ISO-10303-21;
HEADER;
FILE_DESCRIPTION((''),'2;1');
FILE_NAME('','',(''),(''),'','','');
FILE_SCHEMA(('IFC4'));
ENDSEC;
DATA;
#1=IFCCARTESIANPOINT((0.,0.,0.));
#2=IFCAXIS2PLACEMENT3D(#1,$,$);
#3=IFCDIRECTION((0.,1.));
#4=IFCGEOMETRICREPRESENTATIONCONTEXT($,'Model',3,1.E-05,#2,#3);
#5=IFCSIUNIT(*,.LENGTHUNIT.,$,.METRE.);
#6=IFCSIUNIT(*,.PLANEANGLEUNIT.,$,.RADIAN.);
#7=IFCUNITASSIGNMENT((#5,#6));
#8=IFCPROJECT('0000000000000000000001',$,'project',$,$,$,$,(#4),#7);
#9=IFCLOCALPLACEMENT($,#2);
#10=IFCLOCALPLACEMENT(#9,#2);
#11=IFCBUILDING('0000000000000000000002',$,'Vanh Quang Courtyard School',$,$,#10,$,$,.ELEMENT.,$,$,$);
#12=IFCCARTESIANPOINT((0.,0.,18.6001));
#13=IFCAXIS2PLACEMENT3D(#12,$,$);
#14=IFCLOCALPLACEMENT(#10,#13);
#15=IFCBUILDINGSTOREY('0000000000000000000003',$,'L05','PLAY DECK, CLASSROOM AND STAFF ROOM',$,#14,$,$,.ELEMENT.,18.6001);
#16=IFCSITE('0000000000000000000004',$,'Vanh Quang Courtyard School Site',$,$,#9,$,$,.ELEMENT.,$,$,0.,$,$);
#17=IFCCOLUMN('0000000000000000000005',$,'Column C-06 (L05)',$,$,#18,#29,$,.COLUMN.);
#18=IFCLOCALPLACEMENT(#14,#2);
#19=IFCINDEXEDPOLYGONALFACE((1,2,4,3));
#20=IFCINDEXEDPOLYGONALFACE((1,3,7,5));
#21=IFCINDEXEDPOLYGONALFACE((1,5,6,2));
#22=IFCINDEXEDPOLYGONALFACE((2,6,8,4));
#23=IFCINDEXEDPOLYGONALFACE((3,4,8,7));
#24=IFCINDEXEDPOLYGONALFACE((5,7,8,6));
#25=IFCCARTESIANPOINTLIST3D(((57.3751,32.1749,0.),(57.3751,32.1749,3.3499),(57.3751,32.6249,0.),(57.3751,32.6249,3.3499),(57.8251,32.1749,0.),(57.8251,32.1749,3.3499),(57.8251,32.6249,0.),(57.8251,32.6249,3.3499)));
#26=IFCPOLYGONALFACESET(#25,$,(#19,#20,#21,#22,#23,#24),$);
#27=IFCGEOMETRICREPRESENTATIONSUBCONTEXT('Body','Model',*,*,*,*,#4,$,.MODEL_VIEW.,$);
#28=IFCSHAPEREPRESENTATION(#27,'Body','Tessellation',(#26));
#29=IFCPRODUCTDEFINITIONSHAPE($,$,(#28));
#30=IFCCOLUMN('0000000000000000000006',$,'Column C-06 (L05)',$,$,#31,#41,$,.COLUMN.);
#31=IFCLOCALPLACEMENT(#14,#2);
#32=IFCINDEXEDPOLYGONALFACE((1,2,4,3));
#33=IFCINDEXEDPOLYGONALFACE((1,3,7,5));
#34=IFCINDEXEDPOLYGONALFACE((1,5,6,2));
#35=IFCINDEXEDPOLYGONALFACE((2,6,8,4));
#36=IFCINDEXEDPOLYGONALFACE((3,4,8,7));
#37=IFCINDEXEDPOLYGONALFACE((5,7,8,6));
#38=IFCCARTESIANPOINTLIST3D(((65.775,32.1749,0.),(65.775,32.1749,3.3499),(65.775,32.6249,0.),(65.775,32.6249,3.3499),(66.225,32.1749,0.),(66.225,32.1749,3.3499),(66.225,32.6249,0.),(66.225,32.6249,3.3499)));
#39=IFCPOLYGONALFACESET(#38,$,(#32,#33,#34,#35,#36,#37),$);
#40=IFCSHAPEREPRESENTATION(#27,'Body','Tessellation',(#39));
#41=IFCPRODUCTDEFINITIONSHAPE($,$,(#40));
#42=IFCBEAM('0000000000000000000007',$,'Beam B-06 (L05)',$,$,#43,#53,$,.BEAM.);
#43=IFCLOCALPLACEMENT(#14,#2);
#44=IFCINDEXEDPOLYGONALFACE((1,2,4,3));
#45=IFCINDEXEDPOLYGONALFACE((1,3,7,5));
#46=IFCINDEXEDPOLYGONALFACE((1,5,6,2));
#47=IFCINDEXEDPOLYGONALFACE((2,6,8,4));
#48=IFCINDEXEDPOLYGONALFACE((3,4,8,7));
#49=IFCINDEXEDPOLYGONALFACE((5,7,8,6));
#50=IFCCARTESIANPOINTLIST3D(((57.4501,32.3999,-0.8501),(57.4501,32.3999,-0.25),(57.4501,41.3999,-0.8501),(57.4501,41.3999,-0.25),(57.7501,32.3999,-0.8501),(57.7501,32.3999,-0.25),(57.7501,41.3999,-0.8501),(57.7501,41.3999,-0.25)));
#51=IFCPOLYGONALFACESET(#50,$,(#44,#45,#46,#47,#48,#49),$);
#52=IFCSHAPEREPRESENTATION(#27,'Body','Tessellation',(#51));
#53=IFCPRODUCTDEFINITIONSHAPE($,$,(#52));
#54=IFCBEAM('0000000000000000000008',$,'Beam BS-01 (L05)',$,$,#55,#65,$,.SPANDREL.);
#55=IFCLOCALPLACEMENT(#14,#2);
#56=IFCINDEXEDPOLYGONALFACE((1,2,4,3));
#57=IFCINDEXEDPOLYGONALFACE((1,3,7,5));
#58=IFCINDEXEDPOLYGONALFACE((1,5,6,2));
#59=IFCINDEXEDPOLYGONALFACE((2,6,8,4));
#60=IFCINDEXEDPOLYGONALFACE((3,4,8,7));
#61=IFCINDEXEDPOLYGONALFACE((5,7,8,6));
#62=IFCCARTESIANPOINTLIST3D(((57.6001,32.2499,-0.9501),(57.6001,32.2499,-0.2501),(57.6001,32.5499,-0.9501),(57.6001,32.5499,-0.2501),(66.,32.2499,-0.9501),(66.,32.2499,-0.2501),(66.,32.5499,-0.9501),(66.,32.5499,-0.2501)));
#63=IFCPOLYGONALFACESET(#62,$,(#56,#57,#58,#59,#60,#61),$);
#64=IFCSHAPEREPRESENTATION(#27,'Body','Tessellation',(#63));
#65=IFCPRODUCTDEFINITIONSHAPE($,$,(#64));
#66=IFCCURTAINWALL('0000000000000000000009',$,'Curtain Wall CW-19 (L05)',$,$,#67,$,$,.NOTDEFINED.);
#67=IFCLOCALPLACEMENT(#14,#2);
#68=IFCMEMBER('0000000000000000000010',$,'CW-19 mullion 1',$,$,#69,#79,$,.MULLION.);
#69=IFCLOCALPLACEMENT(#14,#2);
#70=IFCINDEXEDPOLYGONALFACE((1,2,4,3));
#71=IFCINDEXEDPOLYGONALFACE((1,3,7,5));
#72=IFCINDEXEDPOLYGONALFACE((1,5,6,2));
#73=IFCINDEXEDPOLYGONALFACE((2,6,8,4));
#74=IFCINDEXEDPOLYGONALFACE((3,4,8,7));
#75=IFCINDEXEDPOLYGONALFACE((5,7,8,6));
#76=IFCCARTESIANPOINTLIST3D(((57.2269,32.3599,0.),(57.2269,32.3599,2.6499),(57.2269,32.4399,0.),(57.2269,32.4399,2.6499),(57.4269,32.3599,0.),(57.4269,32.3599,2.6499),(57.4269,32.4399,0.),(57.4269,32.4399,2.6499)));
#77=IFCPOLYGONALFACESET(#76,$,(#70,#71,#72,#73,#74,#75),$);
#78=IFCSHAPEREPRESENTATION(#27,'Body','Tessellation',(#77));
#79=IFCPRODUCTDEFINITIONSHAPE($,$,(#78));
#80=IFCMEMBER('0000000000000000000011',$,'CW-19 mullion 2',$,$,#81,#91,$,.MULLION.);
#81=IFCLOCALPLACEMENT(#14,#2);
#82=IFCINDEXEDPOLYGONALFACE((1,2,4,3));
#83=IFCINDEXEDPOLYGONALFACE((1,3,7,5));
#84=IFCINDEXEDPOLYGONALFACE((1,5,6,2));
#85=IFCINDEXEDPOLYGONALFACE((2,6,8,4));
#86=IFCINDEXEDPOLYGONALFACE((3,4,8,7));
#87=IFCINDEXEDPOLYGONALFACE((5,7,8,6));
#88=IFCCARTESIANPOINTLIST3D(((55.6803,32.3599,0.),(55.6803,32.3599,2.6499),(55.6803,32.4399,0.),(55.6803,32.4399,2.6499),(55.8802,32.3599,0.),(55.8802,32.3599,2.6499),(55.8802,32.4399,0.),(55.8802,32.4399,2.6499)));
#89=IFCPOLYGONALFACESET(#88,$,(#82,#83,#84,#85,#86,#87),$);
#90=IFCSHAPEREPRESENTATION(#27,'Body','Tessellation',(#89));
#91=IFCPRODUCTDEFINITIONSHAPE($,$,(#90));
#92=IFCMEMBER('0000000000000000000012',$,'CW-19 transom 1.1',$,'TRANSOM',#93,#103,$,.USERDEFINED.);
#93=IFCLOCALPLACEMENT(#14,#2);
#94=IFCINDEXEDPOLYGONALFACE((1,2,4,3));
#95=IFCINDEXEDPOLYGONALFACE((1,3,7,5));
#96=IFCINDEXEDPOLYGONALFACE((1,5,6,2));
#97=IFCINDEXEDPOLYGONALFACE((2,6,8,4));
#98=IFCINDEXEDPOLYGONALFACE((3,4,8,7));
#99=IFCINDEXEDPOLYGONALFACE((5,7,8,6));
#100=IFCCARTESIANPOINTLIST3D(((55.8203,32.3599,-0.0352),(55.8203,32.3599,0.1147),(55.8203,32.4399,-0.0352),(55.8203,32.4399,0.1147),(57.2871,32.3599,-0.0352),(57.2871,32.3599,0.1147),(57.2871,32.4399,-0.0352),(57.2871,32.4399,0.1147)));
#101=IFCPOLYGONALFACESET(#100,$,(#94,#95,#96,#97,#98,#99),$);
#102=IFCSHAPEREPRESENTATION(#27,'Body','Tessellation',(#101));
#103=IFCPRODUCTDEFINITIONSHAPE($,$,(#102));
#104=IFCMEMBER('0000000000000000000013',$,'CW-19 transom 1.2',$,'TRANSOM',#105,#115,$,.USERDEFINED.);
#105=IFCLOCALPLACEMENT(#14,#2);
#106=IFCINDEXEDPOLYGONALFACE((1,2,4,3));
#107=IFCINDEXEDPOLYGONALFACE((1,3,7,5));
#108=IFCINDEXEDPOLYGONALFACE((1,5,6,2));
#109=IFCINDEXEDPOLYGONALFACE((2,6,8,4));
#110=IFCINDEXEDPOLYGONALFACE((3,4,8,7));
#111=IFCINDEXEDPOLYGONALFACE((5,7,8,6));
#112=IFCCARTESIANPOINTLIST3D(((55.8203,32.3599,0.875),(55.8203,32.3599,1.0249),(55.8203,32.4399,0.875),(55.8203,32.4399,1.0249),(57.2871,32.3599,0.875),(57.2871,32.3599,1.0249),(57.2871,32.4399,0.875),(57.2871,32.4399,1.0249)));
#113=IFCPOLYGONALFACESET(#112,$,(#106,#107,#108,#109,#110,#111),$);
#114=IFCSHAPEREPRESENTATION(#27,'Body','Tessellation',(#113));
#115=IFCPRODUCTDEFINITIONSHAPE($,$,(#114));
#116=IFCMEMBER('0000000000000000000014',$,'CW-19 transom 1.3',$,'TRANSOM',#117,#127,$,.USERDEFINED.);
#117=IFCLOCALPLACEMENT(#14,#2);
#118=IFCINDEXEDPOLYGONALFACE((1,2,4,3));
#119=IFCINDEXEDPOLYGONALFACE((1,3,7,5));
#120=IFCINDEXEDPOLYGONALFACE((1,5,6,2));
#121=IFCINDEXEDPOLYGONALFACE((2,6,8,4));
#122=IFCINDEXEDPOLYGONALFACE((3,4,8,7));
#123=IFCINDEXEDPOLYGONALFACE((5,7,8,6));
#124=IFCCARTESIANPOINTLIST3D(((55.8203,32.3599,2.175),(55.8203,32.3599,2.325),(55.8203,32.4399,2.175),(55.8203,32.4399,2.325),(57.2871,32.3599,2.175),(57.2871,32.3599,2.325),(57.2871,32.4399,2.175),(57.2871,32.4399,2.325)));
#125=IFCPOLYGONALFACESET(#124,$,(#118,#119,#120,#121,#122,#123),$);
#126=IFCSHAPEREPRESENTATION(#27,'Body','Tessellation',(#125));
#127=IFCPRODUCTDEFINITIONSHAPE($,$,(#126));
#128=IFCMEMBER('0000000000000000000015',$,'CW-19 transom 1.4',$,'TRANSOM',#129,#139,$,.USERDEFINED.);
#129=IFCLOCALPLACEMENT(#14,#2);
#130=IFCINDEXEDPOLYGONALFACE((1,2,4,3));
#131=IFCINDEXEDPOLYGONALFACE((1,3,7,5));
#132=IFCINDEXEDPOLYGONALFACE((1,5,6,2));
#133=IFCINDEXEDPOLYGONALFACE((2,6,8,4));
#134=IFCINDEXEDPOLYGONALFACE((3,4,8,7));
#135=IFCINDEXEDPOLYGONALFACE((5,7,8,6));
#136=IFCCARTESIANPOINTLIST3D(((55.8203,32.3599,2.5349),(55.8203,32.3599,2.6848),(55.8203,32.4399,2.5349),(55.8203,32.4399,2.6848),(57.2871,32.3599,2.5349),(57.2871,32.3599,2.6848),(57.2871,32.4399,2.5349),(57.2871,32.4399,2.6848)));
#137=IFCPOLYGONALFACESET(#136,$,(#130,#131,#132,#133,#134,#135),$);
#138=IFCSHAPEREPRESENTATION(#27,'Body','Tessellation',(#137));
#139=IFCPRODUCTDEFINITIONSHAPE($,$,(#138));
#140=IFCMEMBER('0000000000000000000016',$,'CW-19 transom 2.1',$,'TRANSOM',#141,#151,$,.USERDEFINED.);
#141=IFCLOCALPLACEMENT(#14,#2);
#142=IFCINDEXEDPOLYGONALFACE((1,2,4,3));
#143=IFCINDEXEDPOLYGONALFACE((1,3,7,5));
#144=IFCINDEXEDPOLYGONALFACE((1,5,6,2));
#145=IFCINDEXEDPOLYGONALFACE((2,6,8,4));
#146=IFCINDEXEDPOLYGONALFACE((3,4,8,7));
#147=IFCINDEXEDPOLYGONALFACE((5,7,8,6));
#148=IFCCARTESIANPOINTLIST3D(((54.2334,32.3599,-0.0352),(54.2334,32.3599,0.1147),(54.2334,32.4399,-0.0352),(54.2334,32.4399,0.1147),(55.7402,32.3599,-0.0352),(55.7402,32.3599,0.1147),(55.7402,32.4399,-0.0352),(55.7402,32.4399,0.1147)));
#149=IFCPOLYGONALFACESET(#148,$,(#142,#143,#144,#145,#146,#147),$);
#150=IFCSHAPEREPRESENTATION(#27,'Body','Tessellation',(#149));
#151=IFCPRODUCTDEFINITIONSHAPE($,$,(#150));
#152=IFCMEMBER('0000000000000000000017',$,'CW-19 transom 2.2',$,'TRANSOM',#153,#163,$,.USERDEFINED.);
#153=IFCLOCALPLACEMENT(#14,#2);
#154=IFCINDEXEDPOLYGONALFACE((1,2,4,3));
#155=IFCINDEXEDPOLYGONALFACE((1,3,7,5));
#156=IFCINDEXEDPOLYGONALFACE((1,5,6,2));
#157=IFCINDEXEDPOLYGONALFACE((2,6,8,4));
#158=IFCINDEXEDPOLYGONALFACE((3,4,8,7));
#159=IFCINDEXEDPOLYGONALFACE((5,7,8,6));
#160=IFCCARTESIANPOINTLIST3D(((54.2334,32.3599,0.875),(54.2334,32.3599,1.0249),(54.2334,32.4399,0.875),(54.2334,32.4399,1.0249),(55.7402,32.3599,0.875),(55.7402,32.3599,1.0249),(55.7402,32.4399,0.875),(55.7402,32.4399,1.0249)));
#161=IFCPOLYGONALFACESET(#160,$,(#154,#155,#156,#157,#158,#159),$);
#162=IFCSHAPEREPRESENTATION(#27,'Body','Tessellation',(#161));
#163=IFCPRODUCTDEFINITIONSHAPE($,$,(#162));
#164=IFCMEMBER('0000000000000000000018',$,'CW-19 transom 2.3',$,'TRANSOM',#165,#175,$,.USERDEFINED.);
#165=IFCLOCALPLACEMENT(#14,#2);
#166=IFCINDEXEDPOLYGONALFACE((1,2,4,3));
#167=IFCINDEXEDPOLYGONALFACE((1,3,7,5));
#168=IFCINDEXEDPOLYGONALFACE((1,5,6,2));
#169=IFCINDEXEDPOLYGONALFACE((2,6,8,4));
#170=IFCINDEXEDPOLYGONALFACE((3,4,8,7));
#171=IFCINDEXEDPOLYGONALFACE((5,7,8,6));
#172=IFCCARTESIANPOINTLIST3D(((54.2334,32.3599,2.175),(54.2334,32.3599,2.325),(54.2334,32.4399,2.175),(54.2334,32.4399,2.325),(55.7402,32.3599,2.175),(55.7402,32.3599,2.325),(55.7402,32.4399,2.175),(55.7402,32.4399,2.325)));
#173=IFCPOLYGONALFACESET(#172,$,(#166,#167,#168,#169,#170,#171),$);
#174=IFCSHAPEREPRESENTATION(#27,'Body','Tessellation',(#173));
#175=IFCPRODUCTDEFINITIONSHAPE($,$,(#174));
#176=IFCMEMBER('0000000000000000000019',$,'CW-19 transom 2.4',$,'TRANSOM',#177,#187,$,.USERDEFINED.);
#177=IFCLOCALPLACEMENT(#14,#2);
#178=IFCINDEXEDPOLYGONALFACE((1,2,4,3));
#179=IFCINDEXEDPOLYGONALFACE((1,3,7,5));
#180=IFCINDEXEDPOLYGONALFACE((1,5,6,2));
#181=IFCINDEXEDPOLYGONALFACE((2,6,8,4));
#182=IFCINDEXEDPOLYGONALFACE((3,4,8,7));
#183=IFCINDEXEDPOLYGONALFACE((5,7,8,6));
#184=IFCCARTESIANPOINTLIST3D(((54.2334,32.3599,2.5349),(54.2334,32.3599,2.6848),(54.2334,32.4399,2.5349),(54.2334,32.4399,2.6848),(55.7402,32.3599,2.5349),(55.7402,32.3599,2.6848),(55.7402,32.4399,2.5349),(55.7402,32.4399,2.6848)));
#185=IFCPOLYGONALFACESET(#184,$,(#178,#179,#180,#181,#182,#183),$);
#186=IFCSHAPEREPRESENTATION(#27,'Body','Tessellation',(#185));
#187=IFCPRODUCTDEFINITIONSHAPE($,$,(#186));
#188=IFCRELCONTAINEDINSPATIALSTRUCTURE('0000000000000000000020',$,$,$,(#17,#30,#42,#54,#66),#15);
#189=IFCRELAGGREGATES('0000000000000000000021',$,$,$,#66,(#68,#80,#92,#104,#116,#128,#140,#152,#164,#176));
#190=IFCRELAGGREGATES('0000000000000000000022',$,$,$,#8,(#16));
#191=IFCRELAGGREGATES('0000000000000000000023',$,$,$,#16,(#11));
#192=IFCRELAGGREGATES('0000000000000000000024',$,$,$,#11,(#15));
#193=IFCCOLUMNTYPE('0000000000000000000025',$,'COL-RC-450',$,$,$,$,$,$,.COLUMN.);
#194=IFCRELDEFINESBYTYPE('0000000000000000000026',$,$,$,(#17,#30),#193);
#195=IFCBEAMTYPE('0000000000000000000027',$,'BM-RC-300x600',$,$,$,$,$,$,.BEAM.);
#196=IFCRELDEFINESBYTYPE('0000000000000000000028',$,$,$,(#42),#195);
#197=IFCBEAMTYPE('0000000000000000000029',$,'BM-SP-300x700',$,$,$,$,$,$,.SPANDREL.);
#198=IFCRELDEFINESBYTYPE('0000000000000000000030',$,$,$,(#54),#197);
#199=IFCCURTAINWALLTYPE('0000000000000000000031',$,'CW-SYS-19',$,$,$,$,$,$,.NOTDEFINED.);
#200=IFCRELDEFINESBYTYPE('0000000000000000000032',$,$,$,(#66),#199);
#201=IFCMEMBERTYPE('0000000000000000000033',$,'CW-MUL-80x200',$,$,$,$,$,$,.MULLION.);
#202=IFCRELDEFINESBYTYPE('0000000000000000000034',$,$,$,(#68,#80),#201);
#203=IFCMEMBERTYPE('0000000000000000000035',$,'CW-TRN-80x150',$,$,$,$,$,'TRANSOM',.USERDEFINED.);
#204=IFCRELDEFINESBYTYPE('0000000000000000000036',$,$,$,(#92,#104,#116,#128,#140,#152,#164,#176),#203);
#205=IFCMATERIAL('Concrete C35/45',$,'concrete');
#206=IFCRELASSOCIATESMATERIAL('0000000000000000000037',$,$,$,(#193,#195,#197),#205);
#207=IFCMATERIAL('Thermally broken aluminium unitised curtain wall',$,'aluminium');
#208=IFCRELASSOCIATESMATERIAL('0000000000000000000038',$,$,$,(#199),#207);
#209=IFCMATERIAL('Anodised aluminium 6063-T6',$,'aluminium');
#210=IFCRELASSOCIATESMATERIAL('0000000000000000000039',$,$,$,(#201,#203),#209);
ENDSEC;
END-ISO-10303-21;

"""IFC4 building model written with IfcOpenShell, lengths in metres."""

from ifc_helpers import new_model, si_unit, direction, frame, origin, origin_2d, place, context, subcontext, project, spatial, rectangle, extrude, material, material_profile, profile_set, type_object, element, aggregate, save


model = new_model("IFC4")

# Units and contexts
model_context = context("Model", 3, precision=1e-05, world=origin(), true_north=direction((0.0, 1.0)))
body_context = subcontext(model_context, "Body", "Model", "MODEL_VIEW")
ifc_project = project(units=[si_unit("LENGTHUNIT", "METRE"), si_unit("PLANEANGLEUNIT", "RADIAN")], contexts=[model_context])

# Site, building, storey
site_placement = place(None, origin())
site = spatial("IfcSite", under=ifc_project, at=site_placement, Name="Vanh Quang Courtyard School Site", CompositionType="ELEMENT", RefElevation=0.0)
building_placement = place(site_placement, origin())
building = spatial("IfcBuilding", under=site, at=building_placement, Name="Vanh Quang Courtyard School", CompositionType="ELEMENT")
storey_placement = place(building_placement, frame((0.0, 0.0, 18.6001)))
storey = spatial("IfcBuildingStorey", under=building, at=storey_placement, Name="L05", Description="PLAY DECK, CLASSROOM AND STAFF ROOM", CompositionType="ELEMENT", Elevation=18.6001)

# Columns
ifc_material_1 = material(Name="Concrete C35/45", Category="concrete")
ifc_material_profile_1 = material_profile(ifc_material_1, rectangle(XDim=0.45, YDim=0.45, at=origin_2d()), Name="RC-COL 450x450")
ifc_profile_set_1 = profile_set([ifc_material_profile_1], Name="Concrete C35/45")
column_type = type_object("IfcColumnType", Name="COL-RC-450", PredefinedType="COLUMN", material=ifc_profile_set_1)
for number, where, z_axis, x_axis, name in (
    (1, (57.6001, 32.3999, 0.0), (0.0, 0.0, 1.0), (1.0, 0.0, 0.0), "Column C-06 (L05)"),
    (2, (66.0, 32.3999, 0.0), (0.0, 0.0, 1.0), (1.0, 0.0, 0.0), "Column C-06 (L05)"),
):
    element("IfcColumn", number, at=place(storey_placement, frame(where, z_axis=z_axis, x_axis=x_axis)), inside=storey, type_object=column_type, Name=name, PredefinedType="COLUMN", context=body_context, shape_type="SweptSolid", body=[
        extrude(rectangle(XDim=0.45, YDim=0.45, at=origin_2d()), origin(), (0.0, 0.0, 1.0), 3.3499),
    ])

# Beams
ifc_material_profile_2 = material_profile(ifc_material_1, rectangle(XDim=0.3, YDim=0.6001, at=origin_2d()), Name="RC-BM 300x600")
ifc_profile_set_2 = profile_set([ifc_material_profile_2], Name="Concrete C35/45")
beam_type_1 = type_object("IfcBeamType", Name="BM-RC-300x600", PredefinedType="BEAM", material=ifc_profile_set_2)
beam_1_placement = place(storey_placement, frame((57.6001, 32.3999, -0.55), z_axis=(0.0, 1.0, 0.0), x_axis=(-1.0, 0.0, 0.0)))
element("IfcBeam", 3, at=beam_1_placement, inside=storey, type_object=beam_type_1, Name="Beam B-06 (L05)", PredefinedType="BEAM", context=body_context, shape_type="SweptSolid", body=[
    extrude(rectangle(XDim=0.3, YDim=0.6001, at=origin_2d()), origin(), (0.0, 0.0, 1.0), 9.0),
])
ifc_material_profile_3 = material_profile(ifc_material_1, rectangle(XDim=0.3, YDim=0.7, at=origin_2d()), Name="RC-SP 300x700")
ifc_profile_set_3 = profile_set([ifc_material_profile_3], Name="Concrete C35/45")
beam_type_2 = type_object("IfcBeamType", Name="BM-SP-300x700", PredefinedType="SPANDREL", material=ifc_profile_set_3)
beam_2_placement = place(storey_placement, frame((57.6001, 32.3999, -0.6001), z_axis=(1.0, 0.0, 0.0), x_axis=(0.0, 1.0, 0.0)))
element("IfcBeam", 4, at=beam_2_placement, inside=storey, type_object=beam_type_2, Name="Beam BS-01 (L05)", PredefinedType="SPANDREL", context=body_context, shape_type="SweptSolid", body=[
    extrude(rectangle(XDim=0.3, YDim=0.7, at=origin_2d()), origin(), (0.0, 0.0, 1.0), 8.3999),
])

# Curtain wall, members
ifc_material_2 = material(Name="Thermally broken aluminium unitised curtain wall", Category="aluminium")
curtain_wall_type = type_object("IfcCurtainWallType", Name="CW-SYS-19", PredefinedType="NOTDEFINED", material=ifc_material_2)
curtain_wall_placement = place(storey_placement, origin())
curtain_wall = element("IfcCurtainWall", 5, at=curtain_wall_placement, inside=storey, type_object=curtain_wall_type, Name="Curtain Wall CW-19 (L05)", PredefinedType="NOTDEFINED")
ifc_material_3 = material(Name="Anodised aluminium 6063-T6", Category="aluminium")
ifc_material_profile_4 = material_profile(ifc_material_3, rectangle(XDim=0.0801, YDim=0.2, at=origin_2d()), Name="ALU-MUL 80x200")
ifc_profile_set_4 = profile_set([ifc_material_profile_4], Name="Anodised aluminium 6063-T6")
member_type_1 = type_object("IfcMemberType", Name="CW-MUL-80x200", PredefinedType="MULLION", material=ifc_profile_set_4)
member_1_placement = place(storey_placement, frame((57.3269, 32.3999, 0.0), z_axis=(0.0, 0.0, 1.0), x_axis=(0.0, -1.0, 0.0)))
member_1 = element("IfcMember", 6, at=member_1_placement, type_object=member_type_1, Name="CW-19 mullion 1", PredefinedType="MULLION", context=body_context, shape_type="SweptSolid", body=[
    extrude(rectangle(XDim=0.0801, YDim=0.2, at=origin_2d()), origin(), (0.0, 0.0, 1.0), 2.6499),
])
member_2_placement = place(storey_placement, frame((55.7803, 32.3999, 0.0), z_axis=(0.0, 0.0, 1.0), x_axis=(0.0, -1.0, 0.0)))
member_2 = element("IfcMember", 7, at=member_2_placement, type_object=member_type_1, Name="CW-19 mullion 2", PredefinedType="MULLION", context=body_context, shape_type="SweptSolid", body=[
    extrude(rectangle(XDim=0.0801, YDim=0.2, at=origin_2d()), origin(), (0.0, 0.0, 1.0), 2.6499),
])
ifc_material_profile_5 = material_profile(ifc_material_3, rectangle(XDim=0.0801, YDim=0.1499, at=origin_2d()), Name="ALU-TRN 80x150")
ifc_profile_set_5 = profile_set([ifc_material_profile_5], Name="Anodised aluminium 6063-T6")
member_type_2 = type_object("IfcMemberType", Name="CW-TRN-80x150", ElementType="TRANSOM", PredefinedType="USERDEFINED", material=ifc_profile_set_5)
member_3_placement = place(storey_placement, frame((57.2871, 32.3999, 0.0398), z_axis=(-1.0, 0.0, 0.0), x_axis=(0.0, -1.0, 0.0)))
member_3 = element("IfcMember", 8, at=member_3_placement, type_object=member_type_2, Name="CW-19 transom 1.1", ObjectType="TRANSOM", PredefinedType="USERDEFINED", context=body_context, shape_type="SweptSolid", body=[
    extrude(rectangle(XDim=0.0801, YDim=0.1499, at=origin_2d()), origin(), (0.0, 0.0, 1.0), 1.4668),
])
member_4_placement = place(storey_placement, frame((57.2871, 32.3999, 0.95), z_axis=(-1.0, 0.0, 0.0), x_axis=(0.0, -1.0, 0.0)))
member_4 = element("IfcMember", 9, at=member_4_placement, type_object=member_type_2, Name="CW-19 transom 1.2", ObjectType="TRANSOM", PredefinedType="USERDEFINED", context=body_context, shape_type="SweptSolid", body=[
    extrude(rectangle(XDim=0.0801, YDim=0.1499, at=origin_2d()), origin(), (0.0, 0.0, 1.0), 1.4668),
])
member_5_placement = place(storey_placement, frame((57.2871, 32.3999, 2.25), z_axis=(-1.0, 0.0, 0.0), x_axis=(0.0, -1.0, 0.0)))
member_5 = element("IfcMember", 10, at=member_5_placement, type_object=member_type_2, Name="CW-19 transom 1.3", ObjectType="TRANSOM", PredefinedType="USERDEFINED", context=body_context, shape_type="SweptSolid", body=[
    extrude(rectangle(XDim=0.0801, YDim=0.1499, at=origin_2d()), origin(), (0.0, 0.0, 1.0), 1.4668),
])
member_6_placement = place(storey_placement, frame((57.2871, 32.3999, 2.6099), z_axis=(-1.0, 0.0, 0.0), x_axis=(0.0, -1.0, 0.0)))
member_6 = element("IfcMember", 11, at=member_6_placement, type_object=member_type_2, Name="CW-19 transom 1.4", ObjectType="TRANSOM", PredefinedType="USERDEFINED", context=body_context, shape_type="SweptSolid", body=[
    extrude(rectangle(XDim=0.0801, YDim=0.1499, at=origin_2d()), origin(), (0.0, 0.0, 1.0), 1.4668),
])
member_7_placement = place(storey_placement, frame((55.7402, 32.3999, 0.0398), z_axis=(-1.0, 0.0, 0.0), x_axis=(0.0, -1.0, 0.0)))
member_7 = element("IfcMember", 12, at=member_7_placement, type_object=member_type_2, Name="CW-19 transom 2.1", ObjectType="TRANSOM", PredefinedType="USERDEFINED", context=body_context, shape_type="SweptSolid", body=[
    extrude(rectangle(XDim=0.0801, YDim=0.1499, at=origin_2d()), origin(), (0.0, 0.0, 1.0), 1.5068),
])
member_8_placement = place(storey_placement, frame((55.7402, 32.3999, 0.95), z_axis=(-1.0, 0.0, 0.0), x_axis=(0.0, -1.0, 0.0)))
member_8 = element("IfcMember", 13, at=member_8_placement, type_object=member_type_2, Name="CW-19 transom 2.2", ObjectType="TRANSOM", PredefinedType="USERDEFINED", context=body_context, shape_type="SweptSolid", body=[
    extrude(rectangle(XDim=0.0801, YDim=0.1499, at=origin_2d()), origin(), (0.0, 0.0, 1.0), 1.5068),
])
member_9_placement = place(storey_placement, frame((55.7402, 32.3999, 2.25), z_axis=(-1.0, 0.0, 0.0), x_axis=(0.0, -1.0, 0.0)))
member_9 = element("IfcMember", 14, at=member_9_placement, type_object=member_type_2, Name="CW-19 transom 2.3", ObjectType="TRANSOM", PredefinedType="USERDEFINED", context=body_context, shape_type="SweptSolid", body=[
    extrude(rectangle(XDim=0.0801, YDim=0.1499, at=origin_2d()), origin(), (0.0, 0.0, 1.0), 1.5068),
])
member_10_placement = place(storey_placement, frame((55.7402, 32.3999, 2.6099), z_axis=(-1.0, 0.0, 0.0), x_axis=(0.0, -1.0, 0.0)))
member_10 = element("IfcMember", 15, at=member_10_placement, type_object=member_type_2, Name="CW-19 transom 2.4", ObjectType="TRANSOM", PredefinedType="USERDEFINED", context=body_context, shape_type="SweptSolid", body=[
    extrude(rectangle(XDim=0.0801, YDim=0.1499, at=origin_2d()), origin(), (0.0, 0.0, 1.0), 1.5068),
])
aggregate(curtain_wall, [member_1, member_2, member_3, member_4, member_5, member_6, member_7, member_8, member_9, member_10])

save(model, "model.ifc")
